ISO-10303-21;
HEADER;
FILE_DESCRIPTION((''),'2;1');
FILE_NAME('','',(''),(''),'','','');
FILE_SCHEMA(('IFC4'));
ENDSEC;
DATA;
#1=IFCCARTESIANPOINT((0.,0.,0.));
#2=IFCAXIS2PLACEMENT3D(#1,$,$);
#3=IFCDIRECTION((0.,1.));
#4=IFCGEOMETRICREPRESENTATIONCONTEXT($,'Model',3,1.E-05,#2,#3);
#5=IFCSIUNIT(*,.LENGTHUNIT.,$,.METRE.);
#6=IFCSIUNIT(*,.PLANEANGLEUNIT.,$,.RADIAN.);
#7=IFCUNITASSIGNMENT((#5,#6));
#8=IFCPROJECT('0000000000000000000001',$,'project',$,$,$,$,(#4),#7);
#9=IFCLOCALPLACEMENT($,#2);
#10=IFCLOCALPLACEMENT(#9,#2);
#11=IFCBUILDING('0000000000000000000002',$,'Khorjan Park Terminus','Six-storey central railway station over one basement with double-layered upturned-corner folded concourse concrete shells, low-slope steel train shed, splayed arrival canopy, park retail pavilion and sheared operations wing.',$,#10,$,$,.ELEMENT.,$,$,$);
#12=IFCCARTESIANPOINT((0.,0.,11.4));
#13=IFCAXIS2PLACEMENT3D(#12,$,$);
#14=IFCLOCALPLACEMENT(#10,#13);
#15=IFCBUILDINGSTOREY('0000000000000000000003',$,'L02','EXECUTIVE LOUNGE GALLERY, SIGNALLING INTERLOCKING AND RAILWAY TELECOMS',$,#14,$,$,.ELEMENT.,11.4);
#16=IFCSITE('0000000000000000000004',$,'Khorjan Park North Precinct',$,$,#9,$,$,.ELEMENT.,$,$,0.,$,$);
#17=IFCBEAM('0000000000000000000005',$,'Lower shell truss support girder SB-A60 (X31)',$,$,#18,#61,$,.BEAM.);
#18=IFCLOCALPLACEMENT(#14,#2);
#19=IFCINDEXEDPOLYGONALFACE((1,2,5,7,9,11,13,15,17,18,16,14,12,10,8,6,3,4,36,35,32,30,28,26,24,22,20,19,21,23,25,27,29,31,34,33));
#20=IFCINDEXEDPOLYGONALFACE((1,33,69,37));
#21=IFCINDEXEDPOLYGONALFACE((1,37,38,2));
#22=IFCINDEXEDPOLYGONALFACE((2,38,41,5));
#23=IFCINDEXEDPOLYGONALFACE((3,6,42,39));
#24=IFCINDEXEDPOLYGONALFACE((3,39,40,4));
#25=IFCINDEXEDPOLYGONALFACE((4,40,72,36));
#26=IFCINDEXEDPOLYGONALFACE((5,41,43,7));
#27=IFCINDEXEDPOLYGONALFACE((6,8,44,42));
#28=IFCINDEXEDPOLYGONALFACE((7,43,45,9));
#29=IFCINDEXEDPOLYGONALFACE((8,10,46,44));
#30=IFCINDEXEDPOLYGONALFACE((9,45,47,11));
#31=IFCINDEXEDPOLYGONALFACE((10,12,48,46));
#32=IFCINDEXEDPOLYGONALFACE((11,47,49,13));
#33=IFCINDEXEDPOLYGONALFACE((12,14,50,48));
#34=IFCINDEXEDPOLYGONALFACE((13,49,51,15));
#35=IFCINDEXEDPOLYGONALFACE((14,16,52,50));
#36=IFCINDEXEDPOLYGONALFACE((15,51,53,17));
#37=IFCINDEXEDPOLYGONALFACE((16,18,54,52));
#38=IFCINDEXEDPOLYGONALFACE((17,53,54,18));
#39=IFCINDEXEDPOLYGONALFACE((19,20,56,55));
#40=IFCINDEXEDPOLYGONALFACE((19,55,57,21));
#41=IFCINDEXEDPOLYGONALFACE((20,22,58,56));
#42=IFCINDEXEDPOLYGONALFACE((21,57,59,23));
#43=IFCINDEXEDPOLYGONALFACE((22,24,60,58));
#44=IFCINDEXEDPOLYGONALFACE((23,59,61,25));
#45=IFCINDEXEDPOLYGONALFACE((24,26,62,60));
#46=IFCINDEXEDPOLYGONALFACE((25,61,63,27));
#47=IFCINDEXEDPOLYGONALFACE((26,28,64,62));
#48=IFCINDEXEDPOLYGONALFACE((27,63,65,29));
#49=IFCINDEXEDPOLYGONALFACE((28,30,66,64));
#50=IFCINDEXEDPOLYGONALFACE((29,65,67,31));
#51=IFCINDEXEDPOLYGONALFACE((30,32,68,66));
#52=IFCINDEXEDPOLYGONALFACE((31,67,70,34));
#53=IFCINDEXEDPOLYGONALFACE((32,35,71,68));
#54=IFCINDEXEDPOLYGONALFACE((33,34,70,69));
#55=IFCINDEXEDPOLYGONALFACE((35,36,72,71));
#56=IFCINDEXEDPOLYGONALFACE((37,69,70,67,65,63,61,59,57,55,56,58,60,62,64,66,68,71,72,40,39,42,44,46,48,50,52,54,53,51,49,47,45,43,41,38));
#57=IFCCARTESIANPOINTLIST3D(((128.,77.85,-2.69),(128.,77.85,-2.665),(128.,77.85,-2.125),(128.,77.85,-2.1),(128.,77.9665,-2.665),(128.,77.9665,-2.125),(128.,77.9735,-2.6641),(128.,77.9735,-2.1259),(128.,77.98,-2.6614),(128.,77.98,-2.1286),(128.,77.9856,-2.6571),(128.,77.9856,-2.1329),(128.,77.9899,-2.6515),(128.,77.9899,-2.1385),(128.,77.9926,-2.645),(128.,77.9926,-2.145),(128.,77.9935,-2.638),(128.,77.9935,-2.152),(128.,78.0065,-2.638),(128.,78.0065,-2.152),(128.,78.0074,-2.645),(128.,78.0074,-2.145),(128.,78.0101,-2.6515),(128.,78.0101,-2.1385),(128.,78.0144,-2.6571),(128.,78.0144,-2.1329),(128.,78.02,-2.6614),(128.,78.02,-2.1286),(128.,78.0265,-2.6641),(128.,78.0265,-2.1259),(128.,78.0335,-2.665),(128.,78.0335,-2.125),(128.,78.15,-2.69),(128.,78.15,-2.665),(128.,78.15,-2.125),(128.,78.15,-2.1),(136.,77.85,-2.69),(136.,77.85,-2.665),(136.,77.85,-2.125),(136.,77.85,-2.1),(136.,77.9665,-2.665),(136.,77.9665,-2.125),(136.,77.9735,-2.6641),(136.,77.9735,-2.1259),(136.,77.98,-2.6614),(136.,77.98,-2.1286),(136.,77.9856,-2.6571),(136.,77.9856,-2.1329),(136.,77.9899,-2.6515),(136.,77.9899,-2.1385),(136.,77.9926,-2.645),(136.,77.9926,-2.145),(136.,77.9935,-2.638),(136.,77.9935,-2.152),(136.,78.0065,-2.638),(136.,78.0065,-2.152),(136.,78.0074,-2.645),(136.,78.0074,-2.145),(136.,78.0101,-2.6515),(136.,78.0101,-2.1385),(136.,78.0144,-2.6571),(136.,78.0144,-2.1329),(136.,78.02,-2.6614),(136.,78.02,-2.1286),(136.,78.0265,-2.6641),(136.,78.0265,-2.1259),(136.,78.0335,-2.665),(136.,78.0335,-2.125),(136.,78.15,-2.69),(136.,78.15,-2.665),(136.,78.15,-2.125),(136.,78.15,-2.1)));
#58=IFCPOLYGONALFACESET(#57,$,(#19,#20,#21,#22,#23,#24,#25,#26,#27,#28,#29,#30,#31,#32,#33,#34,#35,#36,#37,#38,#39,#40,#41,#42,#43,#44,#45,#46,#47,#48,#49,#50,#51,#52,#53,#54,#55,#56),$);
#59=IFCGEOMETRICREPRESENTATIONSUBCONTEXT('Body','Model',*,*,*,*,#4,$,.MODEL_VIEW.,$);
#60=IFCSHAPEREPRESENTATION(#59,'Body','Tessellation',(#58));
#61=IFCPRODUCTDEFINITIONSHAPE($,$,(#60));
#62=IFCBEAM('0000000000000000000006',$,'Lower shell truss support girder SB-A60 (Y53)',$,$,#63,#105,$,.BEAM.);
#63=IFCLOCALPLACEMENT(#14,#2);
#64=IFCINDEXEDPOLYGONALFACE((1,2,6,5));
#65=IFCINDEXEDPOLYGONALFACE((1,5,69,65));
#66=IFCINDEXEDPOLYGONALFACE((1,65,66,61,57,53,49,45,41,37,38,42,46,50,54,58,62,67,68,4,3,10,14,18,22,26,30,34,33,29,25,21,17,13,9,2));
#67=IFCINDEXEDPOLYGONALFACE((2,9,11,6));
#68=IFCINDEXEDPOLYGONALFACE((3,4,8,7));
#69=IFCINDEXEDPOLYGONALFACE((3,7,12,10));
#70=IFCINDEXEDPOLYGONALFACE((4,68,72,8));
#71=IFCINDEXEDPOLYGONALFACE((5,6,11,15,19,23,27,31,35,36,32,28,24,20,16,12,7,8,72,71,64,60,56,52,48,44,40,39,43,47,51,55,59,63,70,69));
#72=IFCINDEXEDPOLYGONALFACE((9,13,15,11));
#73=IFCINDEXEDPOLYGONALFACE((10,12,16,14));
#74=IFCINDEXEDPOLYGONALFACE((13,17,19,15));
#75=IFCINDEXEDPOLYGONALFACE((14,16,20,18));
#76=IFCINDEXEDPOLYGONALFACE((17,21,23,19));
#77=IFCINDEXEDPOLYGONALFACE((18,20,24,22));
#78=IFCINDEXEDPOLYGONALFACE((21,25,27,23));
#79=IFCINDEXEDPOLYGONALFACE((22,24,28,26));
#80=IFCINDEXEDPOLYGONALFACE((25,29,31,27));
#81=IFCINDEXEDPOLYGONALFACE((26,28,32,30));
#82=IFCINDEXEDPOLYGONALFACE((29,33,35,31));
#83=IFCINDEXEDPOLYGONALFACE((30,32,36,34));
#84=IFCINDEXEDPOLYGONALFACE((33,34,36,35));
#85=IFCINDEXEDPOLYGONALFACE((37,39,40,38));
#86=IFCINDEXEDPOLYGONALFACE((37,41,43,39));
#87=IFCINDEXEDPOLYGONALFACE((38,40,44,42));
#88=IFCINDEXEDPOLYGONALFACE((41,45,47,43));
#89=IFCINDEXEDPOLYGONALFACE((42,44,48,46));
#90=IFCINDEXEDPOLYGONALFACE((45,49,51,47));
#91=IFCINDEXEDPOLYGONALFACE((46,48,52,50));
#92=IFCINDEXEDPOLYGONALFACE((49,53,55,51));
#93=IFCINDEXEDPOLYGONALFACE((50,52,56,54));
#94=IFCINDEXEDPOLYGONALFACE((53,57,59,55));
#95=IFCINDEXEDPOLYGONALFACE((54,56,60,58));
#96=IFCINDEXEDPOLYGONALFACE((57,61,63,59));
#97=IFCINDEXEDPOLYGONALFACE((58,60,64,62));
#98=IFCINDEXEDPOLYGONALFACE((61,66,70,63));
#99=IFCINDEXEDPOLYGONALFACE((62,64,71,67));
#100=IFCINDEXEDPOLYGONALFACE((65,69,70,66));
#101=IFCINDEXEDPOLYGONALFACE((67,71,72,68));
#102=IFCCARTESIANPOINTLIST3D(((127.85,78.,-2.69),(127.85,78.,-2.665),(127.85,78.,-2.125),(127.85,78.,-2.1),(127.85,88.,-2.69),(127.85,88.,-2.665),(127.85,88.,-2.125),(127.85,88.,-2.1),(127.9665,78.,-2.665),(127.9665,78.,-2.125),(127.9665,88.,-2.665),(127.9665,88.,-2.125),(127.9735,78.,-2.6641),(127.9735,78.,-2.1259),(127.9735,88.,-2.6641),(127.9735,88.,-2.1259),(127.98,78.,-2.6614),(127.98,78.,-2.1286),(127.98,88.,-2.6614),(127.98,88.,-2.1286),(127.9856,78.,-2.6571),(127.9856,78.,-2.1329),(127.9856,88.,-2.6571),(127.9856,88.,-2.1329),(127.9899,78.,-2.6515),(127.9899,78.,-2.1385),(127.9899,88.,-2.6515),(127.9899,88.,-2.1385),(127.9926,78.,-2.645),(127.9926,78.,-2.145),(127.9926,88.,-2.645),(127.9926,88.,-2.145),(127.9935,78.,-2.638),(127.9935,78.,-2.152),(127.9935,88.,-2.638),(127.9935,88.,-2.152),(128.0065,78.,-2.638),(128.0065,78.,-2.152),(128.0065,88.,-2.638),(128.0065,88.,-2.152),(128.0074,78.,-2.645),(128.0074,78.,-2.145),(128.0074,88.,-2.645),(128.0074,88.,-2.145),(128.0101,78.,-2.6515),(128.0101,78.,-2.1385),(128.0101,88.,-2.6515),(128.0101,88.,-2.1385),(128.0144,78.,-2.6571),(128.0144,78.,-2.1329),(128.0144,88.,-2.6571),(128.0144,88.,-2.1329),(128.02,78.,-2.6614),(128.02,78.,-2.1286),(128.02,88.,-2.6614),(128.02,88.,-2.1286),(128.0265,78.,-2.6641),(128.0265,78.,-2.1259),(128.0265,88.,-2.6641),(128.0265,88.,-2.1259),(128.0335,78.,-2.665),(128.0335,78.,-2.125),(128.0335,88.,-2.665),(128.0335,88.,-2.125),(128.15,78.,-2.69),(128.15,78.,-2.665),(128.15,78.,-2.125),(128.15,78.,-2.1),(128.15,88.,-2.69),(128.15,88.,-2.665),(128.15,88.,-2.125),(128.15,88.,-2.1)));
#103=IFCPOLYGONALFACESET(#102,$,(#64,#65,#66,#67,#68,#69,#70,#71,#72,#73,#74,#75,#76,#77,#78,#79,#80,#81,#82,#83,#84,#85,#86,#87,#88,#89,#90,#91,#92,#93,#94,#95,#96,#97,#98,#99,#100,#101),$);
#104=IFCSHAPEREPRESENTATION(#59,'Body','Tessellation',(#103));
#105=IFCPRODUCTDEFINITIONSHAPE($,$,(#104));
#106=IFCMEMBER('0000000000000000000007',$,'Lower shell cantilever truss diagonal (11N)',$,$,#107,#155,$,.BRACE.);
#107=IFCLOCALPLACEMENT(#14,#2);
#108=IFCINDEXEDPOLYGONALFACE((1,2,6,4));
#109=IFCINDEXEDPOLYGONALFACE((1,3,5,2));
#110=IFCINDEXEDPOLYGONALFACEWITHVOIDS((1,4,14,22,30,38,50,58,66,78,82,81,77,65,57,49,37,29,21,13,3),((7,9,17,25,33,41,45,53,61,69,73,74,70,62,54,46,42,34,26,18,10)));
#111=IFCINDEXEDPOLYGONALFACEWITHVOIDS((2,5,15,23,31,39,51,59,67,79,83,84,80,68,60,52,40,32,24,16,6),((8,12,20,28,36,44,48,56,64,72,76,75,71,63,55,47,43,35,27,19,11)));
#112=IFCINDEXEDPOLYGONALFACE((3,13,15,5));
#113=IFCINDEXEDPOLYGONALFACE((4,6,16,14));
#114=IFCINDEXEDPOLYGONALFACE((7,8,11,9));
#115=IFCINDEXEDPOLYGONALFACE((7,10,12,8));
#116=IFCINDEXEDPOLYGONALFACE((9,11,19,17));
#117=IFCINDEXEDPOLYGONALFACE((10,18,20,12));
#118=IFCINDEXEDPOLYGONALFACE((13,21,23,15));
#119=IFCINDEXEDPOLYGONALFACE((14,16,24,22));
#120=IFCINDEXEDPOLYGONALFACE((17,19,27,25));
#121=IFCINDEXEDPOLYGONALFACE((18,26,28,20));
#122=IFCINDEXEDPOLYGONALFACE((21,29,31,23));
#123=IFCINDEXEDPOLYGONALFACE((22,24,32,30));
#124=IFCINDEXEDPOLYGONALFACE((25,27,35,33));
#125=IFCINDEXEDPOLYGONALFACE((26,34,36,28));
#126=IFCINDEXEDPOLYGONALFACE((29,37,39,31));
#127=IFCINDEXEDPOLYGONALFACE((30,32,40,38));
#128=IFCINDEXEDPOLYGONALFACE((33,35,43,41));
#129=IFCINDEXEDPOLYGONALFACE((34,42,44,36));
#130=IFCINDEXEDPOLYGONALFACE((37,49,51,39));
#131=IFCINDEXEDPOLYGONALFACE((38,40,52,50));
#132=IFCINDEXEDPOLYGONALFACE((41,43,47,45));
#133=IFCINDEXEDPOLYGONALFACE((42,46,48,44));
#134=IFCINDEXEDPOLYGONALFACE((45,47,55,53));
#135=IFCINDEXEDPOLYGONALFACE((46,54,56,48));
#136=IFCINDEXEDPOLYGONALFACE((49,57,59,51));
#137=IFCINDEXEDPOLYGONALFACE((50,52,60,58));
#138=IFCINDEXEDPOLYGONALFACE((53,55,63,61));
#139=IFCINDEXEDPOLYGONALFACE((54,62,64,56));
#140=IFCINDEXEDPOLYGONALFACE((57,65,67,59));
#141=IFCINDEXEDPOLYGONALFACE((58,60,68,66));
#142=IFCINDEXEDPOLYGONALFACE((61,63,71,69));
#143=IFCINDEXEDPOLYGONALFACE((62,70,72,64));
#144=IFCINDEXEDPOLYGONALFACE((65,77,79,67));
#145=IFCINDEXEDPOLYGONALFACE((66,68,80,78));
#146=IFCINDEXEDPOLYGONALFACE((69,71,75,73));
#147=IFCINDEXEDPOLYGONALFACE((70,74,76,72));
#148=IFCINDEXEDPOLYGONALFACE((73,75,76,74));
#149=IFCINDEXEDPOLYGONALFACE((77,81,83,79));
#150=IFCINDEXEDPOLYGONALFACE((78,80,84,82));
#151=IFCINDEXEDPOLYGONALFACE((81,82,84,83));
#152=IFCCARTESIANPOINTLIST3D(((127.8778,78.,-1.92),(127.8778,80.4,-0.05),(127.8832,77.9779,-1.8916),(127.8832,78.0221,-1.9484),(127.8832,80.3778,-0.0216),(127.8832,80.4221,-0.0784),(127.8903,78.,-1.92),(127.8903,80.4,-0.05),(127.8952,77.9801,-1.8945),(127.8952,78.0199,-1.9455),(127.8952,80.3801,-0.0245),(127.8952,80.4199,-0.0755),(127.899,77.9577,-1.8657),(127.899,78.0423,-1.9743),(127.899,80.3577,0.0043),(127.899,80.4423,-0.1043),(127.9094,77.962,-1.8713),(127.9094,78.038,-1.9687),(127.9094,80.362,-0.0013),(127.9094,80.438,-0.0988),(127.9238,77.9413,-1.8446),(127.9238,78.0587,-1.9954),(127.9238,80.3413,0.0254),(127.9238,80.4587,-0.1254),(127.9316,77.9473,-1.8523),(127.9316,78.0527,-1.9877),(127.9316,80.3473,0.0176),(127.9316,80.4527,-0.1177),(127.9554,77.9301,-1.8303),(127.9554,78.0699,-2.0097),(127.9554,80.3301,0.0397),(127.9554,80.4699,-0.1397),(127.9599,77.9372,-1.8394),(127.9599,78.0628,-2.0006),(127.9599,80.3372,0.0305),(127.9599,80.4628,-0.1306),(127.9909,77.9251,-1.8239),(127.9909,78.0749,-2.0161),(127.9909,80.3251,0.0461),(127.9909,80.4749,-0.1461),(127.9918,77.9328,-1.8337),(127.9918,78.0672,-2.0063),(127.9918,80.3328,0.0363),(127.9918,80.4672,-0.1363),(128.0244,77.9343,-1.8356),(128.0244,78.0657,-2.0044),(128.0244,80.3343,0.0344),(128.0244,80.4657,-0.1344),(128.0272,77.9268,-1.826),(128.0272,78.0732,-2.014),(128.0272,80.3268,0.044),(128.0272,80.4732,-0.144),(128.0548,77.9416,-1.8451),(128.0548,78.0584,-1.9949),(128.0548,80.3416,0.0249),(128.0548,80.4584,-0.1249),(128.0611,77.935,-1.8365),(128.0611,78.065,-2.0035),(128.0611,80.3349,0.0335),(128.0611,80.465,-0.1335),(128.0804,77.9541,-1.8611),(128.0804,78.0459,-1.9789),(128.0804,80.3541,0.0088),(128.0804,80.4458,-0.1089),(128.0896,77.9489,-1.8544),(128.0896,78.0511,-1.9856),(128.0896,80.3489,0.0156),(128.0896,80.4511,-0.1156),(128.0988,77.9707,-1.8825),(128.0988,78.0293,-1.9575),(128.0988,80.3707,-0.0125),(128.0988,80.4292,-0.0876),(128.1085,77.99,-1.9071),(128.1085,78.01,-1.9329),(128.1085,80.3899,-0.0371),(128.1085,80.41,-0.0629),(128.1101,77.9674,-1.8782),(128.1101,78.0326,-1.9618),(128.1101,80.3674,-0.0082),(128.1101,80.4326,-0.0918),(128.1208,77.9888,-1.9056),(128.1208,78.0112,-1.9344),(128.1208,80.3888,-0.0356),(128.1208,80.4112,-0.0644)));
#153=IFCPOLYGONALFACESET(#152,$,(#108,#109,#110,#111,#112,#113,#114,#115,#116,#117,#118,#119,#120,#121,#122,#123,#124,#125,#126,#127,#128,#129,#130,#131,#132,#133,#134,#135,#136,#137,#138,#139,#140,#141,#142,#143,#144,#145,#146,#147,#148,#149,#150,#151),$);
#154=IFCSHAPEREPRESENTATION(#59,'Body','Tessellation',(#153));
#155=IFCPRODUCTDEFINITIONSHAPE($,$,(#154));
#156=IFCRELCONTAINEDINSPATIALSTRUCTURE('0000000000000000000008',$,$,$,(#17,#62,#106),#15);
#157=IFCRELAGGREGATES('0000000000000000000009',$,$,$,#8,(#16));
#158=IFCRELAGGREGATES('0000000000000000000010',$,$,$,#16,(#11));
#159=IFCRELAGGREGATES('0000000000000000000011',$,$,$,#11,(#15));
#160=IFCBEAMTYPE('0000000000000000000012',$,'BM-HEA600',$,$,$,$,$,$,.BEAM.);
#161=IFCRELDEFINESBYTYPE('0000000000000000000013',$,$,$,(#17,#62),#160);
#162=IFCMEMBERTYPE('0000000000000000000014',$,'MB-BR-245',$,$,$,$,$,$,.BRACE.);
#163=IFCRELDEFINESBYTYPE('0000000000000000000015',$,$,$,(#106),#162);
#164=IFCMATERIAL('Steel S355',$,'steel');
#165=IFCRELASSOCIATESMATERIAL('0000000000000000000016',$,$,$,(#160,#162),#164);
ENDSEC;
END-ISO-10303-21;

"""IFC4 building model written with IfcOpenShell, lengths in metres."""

from ifc_helpers import new_model, si_unit, direction, frame, origin, origin_2d, place, context, subcontext, project, spatial, hollow_circle, i_section, extrude, material, material_profile, profile_set, type_object, element, save


model = new_model("IFC4")

# Units and contexts
model_context = context("Model", 3, precision=1e-05, world=origin(), true_north=direction((0.0, 1.0)))
body_context = subcontext(model_context, "Body", "Model", "MODEL_VIEW")
ifc_project = project(units=[si_unit("LENGTHUNIT", "METRE"), si_unit("PLANEANGLEUNIT", "RADIAN")], contexts=[model_context])

# Site, building, storey
site_placement = place(None, origin())
site = spatial("IfcSite", under=ifc_project, at=site_placement, Name="Khorjan Park North Precinct", CompositionType="ELEMENT", RefElevation=0.0)
building_placement = place(site_placement, origin())
building = spatial("IfcBuilding", under=site, at=building_placement, Name="Khorjan Park Terminus", Description="Six-storey central railway station over one basement with double-layered upturned-corner folded concourse concrete shells, low-slope steel train shed, splayed arrival canopy, park retail pavilion and sheared operations wing.", CompositionType="ELEMENT")
storey_placement = place(building_placement, frame((0.0, 0.0, 11.4)))
storey = spatial("IfcBuildingStorey", under=building, at=storey_placement, Name="L02", Description="EXECUTIVE LOUNGE GALLERY, SIGNALLING INTERLOCKING AND RAILWAY TELECOMS", CompositionType="ELEMENT", Elevation=11.4)

# Beams
ifc_material_1 = material(Name="Steel S355", Category="steel")
ifc_material_profile_1 = material_profile(ifc_material_1, i_section(OverallWidth=0.3, OverallDepth=0.59, WebThickness=0.013, FlangeThickness=0.025, FilletRadius=0.027, at=origin_2d()), Name="HEA 600")
ifc_profile_set_1 = profile_set([ifc_material_profile_1], Name="Steel S355")
beam_type = type_object("IfcBeamType", Name="BM-HEA600", PredefinedType="BEAM", material=ifc_profile_set_1)
beam_1_placement = place(storey_placement, frame((128.0, 78.0, -2.395), z_axis=(1.0, 0.0, 0.0), x_axis=(0.0, 1.0, 0.0)))
element("IfcBeam", 1, at=beam_1_placement, inside=storey, type_object=beam_type, Name="Lower shell truss support girder SB-A60 (X31)", PredefinedType="BEAM", context=body_context, shape_type="SweptSolid", body=[
    extrude(i_section(OverallWidth=0.3, OverallDepth=0.59, WebThickness=0.013, FlangeThickness=0.025, FilletRadius=0.027, at=origin_2d()), origin(), (0.0, 0.0, 1.0), 8.0),
])
beam_2_placement = place(storey_placement, frame((128.0, 78.0, -2.395), z_axis=(0.0, 1.0, 0.0), x_axis=(-1.0, 0.0, 0.0)))
element("IfcBeam", 2, at=beam_2_placement, inside=storey, type_object=beam_type, Name="Lower shell truss support girder SB-A60 (Y53)", PredefinedType="BEAM", context=body_context, shape_type="SweptSolid", body=[
    extrude(i_section(OverallWidth=0.3, OverallDepth=0.59, WebThickness=0.013, FlangeThickness=0.025, FilletRadius=0.027, at=origin_2d()), origin(), (0.0, 0.0, 1.0), 10.0),
])

# Member
ifc_material_profile_2 = material_profile(ifc_material_1, hollow_circle(Radius=0.1222, WallThickness=0.0125, at=origin_2d()), Name="CHS 244.5x12.5")
ifc_profile_set_2 = profile_set([ifc_material_profile_2], Name="Steel S355")
member_type_1 = type_object("IfcMemberType", Name="MB-BR-245", PredefinedType="BRACE", material=ifc_profile_set_2)
member_1_placement = place(storey_placement, frame((128.0, 78.0, -1.92), z_axis=(0.0, 0.788821, 0.614623), x_axis=(-1.0, 0.0, 0.0)))
element("IfcMember", 3, at=member_1_placement, inside=storey, type_object=member_type_1, Name="Lower shell cantilever truss diagonal (11N)", PredefinedType="BRACE", context=body_context, shape_type="SweptSolid", body=[
    extrude(hollow_circle(Radius=0.1222, WallThickness=0.0125, at=origin_2d()), origin(), (0.0, 0.0, 1.0), 3.0425),
])

save(model, "model.ifc")
